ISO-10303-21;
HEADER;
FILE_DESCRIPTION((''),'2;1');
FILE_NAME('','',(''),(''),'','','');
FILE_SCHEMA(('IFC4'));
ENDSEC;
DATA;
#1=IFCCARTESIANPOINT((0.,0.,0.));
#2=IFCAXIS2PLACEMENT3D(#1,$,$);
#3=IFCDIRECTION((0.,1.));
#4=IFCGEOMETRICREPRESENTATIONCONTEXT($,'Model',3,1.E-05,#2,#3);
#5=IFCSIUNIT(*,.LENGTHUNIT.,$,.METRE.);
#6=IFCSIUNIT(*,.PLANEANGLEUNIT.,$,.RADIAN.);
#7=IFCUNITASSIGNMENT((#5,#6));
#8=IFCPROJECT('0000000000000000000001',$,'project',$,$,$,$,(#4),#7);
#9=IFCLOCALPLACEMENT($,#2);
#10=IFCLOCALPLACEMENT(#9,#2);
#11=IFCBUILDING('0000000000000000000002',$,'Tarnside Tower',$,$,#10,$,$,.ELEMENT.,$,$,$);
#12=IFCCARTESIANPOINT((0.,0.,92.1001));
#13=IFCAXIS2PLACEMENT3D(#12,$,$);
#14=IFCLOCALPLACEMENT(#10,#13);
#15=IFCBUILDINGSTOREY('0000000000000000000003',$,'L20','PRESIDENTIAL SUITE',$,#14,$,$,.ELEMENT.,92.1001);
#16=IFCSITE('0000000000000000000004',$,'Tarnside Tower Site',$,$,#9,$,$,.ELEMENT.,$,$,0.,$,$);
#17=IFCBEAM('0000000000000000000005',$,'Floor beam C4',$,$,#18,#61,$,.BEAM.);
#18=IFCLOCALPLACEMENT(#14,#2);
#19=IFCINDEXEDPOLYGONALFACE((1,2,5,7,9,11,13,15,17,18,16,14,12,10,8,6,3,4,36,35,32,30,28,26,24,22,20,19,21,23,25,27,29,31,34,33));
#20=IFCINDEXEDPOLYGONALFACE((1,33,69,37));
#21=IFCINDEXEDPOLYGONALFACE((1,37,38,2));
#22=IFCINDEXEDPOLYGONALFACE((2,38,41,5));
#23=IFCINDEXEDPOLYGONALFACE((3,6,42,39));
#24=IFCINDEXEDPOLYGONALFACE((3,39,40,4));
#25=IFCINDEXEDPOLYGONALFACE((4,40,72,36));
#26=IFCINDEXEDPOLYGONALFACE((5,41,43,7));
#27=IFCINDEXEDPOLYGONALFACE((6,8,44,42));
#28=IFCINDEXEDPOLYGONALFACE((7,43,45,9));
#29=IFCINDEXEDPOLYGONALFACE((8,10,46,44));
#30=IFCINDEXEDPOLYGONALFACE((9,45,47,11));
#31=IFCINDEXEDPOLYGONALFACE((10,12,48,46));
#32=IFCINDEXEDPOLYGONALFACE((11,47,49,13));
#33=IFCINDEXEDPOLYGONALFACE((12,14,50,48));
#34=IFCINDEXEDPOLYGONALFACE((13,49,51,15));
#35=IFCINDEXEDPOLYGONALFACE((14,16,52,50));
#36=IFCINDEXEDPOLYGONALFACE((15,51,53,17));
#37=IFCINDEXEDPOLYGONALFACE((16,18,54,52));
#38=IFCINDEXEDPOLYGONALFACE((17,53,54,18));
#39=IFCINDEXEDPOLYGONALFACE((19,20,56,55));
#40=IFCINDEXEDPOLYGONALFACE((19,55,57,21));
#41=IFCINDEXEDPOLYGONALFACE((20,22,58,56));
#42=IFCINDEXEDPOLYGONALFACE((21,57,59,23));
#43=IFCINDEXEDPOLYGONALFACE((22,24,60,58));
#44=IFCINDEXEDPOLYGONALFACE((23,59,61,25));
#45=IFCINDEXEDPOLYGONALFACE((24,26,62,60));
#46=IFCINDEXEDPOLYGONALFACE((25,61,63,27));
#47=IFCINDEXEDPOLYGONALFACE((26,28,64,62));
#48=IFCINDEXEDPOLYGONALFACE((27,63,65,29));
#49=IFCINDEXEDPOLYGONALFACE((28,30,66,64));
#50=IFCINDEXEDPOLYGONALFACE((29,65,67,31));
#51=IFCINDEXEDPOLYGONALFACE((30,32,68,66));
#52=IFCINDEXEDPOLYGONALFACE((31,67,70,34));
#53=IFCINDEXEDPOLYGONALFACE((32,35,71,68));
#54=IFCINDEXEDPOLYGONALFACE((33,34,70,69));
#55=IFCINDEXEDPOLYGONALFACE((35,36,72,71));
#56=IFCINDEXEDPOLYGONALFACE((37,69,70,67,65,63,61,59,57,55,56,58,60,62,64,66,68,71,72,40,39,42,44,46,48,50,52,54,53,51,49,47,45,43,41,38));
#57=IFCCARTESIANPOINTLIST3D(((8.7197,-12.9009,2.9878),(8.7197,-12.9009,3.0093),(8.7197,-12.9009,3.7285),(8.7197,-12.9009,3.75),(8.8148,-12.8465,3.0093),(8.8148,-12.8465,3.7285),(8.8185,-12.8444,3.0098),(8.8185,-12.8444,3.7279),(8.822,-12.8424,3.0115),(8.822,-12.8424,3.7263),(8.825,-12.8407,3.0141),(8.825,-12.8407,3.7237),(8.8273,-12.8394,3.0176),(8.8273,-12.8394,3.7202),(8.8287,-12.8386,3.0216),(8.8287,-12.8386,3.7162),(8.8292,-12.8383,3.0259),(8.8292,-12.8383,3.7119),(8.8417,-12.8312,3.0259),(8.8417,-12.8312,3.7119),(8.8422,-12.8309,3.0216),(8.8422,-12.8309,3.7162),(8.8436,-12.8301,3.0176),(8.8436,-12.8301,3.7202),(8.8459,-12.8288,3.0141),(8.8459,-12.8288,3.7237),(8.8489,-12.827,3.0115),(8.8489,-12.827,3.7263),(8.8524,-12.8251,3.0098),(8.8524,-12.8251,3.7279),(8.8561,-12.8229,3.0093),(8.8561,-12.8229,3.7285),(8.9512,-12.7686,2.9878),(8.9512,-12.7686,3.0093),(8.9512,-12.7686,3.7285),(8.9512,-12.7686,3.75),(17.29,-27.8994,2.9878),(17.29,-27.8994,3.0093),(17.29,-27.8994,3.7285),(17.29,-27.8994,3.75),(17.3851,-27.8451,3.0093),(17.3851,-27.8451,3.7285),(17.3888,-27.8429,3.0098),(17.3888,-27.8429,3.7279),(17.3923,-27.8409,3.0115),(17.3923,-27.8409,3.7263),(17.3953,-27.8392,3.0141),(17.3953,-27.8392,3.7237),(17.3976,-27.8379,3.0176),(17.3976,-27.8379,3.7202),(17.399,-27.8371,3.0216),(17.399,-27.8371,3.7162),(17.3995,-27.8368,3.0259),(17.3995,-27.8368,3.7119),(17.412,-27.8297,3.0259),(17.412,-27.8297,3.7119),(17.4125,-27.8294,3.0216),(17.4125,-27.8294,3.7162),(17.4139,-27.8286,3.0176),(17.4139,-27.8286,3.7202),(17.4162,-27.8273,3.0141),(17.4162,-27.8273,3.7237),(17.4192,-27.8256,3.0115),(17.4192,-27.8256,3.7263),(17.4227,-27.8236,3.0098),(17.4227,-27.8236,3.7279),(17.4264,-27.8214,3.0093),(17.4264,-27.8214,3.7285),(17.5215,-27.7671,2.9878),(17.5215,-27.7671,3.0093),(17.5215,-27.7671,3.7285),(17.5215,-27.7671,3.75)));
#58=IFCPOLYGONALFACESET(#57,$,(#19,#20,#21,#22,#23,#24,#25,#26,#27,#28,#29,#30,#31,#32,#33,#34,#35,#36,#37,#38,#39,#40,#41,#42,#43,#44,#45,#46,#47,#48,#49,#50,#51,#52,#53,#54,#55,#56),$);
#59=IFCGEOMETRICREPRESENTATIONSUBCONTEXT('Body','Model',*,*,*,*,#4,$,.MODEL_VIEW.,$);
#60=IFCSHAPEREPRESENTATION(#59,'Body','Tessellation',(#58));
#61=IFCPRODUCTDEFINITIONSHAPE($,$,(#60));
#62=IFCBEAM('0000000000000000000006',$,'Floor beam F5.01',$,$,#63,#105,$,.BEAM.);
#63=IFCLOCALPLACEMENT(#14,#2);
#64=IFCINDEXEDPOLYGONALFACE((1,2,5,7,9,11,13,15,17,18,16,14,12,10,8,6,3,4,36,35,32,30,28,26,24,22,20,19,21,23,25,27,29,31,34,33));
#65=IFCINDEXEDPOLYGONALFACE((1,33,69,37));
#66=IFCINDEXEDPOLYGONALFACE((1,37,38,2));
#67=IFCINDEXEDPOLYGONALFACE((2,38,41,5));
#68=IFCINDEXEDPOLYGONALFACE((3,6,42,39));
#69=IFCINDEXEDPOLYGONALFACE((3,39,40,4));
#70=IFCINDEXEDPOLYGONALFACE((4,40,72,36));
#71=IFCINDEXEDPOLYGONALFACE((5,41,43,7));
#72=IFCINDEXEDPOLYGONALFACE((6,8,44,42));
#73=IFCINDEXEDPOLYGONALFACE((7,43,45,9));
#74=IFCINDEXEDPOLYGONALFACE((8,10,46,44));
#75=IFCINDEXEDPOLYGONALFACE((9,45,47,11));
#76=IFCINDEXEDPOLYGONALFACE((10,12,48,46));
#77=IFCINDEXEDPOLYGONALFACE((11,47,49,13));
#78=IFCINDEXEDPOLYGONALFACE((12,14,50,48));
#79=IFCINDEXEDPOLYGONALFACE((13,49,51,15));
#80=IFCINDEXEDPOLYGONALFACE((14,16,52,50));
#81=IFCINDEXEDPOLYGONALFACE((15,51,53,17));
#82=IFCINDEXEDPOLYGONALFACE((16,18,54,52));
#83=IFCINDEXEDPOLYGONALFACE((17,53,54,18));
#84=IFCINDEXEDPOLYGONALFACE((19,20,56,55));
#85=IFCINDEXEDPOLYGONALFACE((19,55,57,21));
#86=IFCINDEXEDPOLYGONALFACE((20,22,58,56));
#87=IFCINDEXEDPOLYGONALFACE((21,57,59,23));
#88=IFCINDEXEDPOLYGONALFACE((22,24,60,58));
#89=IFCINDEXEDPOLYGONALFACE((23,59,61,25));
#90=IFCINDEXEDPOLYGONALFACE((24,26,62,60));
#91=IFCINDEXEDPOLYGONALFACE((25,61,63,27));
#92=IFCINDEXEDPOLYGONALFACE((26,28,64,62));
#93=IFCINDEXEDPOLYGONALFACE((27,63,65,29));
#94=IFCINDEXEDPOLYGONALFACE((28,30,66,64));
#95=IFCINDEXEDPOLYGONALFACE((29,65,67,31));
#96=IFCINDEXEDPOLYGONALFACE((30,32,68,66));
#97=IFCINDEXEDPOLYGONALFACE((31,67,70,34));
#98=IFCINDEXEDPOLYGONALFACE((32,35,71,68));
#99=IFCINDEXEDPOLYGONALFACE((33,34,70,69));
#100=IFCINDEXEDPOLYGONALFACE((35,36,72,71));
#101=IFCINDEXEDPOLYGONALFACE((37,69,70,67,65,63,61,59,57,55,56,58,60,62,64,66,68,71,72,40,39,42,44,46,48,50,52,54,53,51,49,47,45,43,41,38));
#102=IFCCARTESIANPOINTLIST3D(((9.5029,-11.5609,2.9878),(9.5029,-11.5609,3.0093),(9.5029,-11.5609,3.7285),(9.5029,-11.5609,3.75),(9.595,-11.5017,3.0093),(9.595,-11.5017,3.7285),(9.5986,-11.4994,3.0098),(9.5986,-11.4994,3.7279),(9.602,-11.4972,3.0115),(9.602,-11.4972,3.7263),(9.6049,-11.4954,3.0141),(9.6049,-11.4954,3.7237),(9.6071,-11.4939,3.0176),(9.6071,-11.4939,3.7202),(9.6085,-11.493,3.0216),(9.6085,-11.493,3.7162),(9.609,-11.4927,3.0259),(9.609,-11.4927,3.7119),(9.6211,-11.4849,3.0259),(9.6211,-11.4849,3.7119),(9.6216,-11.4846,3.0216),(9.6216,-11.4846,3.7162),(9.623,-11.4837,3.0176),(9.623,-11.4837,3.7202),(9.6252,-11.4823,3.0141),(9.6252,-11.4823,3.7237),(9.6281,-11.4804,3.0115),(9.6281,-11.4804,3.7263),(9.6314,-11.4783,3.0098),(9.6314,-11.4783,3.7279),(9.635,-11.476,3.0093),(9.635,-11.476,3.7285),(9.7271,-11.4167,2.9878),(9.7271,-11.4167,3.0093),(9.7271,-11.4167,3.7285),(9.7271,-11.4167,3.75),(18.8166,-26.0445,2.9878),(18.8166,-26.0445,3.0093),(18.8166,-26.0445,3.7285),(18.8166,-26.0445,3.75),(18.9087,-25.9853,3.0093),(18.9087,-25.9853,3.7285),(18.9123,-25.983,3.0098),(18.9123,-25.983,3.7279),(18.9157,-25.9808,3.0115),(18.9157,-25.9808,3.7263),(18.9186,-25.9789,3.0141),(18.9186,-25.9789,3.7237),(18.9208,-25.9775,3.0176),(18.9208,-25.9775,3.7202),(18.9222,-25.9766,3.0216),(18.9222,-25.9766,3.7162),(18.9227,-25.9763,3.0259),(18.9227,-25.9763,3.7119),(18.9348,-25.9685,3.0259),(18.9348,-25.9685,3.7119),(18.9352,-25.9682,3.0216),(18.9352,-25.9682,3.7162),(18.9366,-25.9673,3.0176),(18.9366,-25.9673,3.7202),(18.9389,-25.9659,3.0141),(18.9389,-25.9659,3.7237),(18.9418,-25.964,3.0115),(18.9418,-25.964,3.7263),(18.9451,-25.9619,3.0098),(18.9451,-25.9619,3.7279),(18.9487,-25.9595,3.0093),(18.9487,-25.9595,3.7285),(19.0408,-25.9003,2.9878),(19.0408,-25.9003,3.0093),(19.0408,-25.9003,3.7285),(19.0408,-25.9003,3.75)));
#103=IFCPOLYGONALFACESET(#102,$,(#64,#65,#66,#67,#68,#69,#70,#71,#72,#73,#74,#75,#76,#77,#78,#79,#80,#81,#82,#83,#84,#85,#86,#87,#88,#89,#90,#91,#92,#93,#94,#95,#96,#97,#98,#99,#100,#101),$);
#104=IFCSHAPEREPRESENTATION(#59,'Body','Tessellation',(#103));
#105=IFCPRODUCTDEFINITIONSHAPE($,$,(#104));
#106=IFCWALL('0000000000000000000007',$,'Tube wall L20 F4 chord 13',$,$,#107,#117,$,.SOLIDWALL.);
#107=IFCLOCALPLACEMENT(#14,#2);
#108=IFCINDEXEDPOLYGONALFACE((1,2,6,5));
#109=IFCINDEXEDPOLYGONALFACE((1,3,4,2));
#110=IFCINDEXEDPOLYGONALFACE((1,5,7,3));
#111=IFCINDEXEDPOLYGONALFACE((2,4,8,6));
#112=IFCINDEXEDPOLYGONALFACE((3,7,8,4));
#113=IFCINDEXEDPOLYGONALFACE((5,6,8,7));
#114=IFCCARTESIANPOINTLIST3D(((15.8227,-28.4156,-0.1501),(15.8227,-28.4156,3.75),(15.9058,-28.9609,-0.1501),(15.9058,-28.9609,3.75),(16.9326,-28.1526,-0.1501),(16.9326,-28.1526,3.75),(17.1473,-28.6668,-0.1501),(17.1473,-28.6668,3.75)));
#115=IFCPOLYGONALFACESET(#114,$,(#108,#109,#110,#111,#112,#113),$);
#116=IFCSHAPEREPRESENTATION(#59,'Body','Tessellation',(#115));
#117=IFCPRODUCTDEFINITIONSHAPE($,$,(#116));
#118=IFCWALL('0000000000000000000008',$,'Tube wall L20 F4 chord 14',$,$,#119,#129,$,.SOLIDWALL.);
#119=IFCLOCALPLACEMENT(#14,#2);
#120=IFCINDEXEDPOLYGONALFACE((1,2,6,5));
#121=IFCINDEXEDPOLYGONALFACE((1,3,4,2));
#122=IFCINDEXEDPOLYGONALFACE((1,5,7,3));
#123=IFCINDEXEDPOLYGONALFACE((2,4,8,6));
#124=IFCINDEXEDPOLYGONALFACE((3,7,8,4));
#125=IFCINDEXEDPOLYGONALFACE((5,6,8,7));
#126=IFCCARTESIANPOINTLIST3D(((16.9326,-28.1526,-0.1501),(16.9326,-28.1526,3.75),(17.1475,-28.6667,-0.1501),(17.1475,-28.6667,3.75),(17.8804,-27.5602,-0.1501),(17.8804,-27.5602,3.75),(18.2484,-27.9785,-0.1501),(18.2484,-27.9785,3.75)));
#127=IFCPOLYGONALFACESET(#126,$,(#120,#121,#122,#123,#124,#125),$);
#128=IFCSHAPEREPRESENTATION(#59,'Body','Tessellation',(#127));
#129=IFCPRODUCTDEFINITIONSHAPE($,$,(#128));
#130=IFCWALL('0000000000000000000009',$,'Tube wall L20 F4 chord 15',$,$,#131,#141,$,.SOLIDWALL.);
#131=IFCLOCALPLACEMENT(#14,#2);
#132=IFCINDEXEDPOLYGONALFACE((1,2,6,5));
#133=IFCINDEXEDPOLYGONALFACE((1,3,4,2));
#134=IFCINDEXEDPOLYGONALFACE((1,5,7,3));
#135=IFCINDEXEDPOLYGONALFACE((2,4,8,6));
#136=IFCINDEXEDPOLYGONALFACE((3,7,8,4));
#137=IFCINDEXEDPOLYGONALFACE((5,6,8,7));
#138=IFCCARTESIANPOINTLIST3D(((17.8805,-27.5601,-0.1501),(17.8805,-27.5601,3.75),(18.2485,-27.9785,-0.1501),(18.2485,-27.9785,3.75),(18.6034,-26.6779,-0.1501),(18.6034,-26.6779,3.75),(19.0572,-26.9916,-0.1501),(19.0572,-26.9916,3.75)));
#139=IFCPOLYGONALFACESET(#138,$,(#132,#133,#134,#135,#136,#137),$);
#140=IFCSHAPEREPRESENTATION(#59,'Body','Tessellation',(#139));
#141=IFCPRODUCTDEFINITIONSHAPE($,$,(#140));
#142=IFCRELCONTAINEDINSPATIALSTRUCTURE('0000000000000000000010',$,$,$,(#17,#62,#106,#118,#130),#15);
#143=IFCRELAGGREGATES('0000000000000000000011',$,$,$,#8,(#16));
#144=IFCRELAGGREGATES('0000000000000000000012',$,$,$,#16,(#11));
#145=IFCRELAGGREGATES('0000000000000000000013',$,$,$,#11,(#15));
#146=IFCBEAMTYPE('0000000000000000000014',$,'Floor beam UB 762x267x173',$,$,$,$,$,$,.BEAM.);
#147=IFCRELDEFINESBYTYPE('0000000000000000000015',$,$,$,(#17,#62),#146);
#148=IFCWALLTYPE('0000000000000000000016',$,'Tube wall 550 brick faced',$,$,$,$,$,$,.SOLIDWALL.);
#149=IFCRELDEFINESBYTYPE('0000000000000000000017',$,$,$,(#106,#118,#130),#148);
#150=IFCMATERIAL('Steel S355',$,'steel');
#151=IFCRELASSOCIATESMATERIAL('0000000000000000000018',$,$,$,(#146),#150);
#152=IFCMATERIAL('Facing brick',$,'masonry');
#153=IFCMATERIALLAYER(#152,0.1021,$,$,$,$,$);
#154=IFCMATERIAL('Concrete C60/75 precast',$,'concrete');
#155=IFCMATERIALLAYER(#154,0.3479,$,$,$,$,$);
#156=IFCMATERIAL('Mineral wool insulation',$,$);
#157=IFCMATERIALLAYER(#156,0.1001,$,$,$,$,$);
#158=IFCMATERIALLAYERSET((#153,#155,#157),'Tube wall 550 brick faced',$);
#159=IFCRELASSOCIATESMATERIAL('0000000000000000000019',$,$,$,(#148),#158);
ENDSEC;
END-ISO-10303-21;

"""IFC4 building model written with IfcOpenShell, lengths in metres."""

from ifc_helpers import new_model, si_unit, direction, frame, origin, origin_2d, place, context, subcontext, project, spatial, polyline, i_section, outline, extrude, material, layer, layer_set, material_profile, profile_set, type_object, element, save


model = new_model("IFC4")

# Units and contexts
model_context = context("Model", 3, precision=1e-05, world=origin(), true_north=direction((0.0, 1.0)))
body_context = subcontext(model_context, "Body", "Model", "MODEL_VIEW")
ifc_project = project(units=[si_unit("LENGTHUNIT", "METRE"), si_unit("PLANEANGLEUNIT", "RADIAN")], contexts=[model_context])

# Site, building, storey
site_placement = place(None, origin())
site = spatial("IfcSite", under=ifc_project, at=site_placement, Name="Tarnside Tower Site", CompositionType="ELEMENT", RefElevation=0.0)
building_placement = place(site_placement, origin())
building = spatial("IfcBuilding", under=site, at=building_placement, Name="Tarnside Tower", CompositionType="ELEMENT")
storey_placement = place(building_placement, frame((0.0, 0.0, 92.1001)))
storey = spatial("IfcBuildingStorey", under=building, at=storey_placement, Name="L20", Description="PRESIDENTIAL SUITE", CompositionType="ELEMENT", Elevation=92.1001)

# Beams
ifc_material_1 = material(Name="Steel S355", Category="steel")
ifc_material_profile = material_profile(ifc_material_1, i_section(OverallWidth=0.2666, OverallDepth=0.7622, WebThickness=0.0144, FlangeThickness=0.0215, FilletRadius=0.0166, at=origin_2d()), Name="UB 762x267x173")
ifc_profile_set = profile_set([ifc_material_profile], Name="Steel S355")
beam_type = type_object("IfcBeamType", Name="Floor beam UB 762x267x173", PredefinedType="BEAM", material=ifc_profile_set)
beam_1_placement = place(storey_placement, frame((17.4058, -27.8333, 3.3689), z_axis=(-0.496127, 0.86825, 0.0), x_axis=(-0.86825, -0.496127, 0.0)))
element("IfcBeam", 1, at=beam_1_placement, inside=storey, type_object=beam_type, Name="Floor beam C4", PredefinedType="BEAM", context=body_context, shape_type="SweptSolid", body=[
    extrude(i_section(OverallWidth=0.2666, OverallDepth=0.7622, WebThickness=0.0144, FlangeThickness=0.0215, FilletRadius=0.0166, at=origin_2d()), origin(), (0.0, 0.0, 1.0), 17.2744),
])
beam_2_placement = place(storey_placement, frame((18.9287, -25.9724, 3.3689), z_axis=(-0.540873, 0.841104, 0.0), x_axis=(-0.841104, -0.540873, 0.0)))
element("IfcBeam", 2, at=beam_2_placement, inside=storey, type_object=beam_type, Name="Floor beam F5.01", PredefinedType="BEAM", context=body_context, shape_type="SweptSolid", body=[
    extrude(i_section(OverallWidth=0.2666, OverallDepth=0.7622, WebThickness=0.0144, FlangeThickness=0.0215, FilletRadius=0.0166, at=origin_2d()), origin(), (0.0, 0.0, 1.0), 17.2197),
])

# Walls
ifc_material_2 = material(Name="Facing brick", Category="masonry")
ifc_layer_1 = layer(ifc_material_2, 0.1021)
ifc_material_3 = material(Name="Concrete C60/75 precast", Category="concrete")
ifc_layer_2 = layer(ifc_material_3, 0.3479)
ifc_material_4 = material(Name="Mineral wool insulation")
ifc_layer_3 = layer(ifc_material_4, 0.1001)
ifc_layer_set_1 = layer_set([ifc_layer_1, ifc_layer_2, ifc_layer_3], Name="Tube wall 550 brick faced")
wall_type = type_object("IfcWallType", Name="Tube wall 550 brick faced", PredefinedType="SOLIDWALL", material=ifc_layer_set_1)
wall_1_placement = place(storey_placement, frame((15.8643, -28.6882, -0.1501), z_axis=(0.0, 0.0, 1.0), x_axis=(0.973064, 0.230537, 0.0)))
element("IfcWall", 3, at=wall_1_placement, inside=storey, type_object=wall_type, Name="Tube wall L20 F4 chord 13", PredefinedType="SOLIDWALL", context=body_context, shape_type="SweptSolid", body=[
    extrude(outline(polyline([(-0.0225, -0.2749), (1.2534, -0.2749), (1.1631, 0.2749), (0.0225, 0.2749), (-0.0225, -0.2749)])), origin(), (0.0, 0.0, 1.0), 3.9001),
])
wall_2_placement = place(storey_placement, frame((17.04, -28.4097, -0.1501), z_axis=(0.0, 0.0, 1.0), x_axis=(0.847953, 0.530072, 0.0)))
element("IfcWall", 4, at=wall_2_placement, inside=storey, type_object=wall_type, Name="Tube wall L20 F4 chord 14", PredefinedType="SOLIDWALL", context=body_context, shape_type="SweptSolid", body=[
    extrude(outline(polyline([(-0.0452, -0.2749), (1.2532, -0.2749), (1.1628, 0.2749), (0.0452, 0.2749), (-0.0452, -0.2749)])), origin(), (0.0, 0.0, 1.0), 3.9001),
])
wall_3_placement = place(storey_placement, frame((18.0645, -27.7693, -0.1501), z_axis=(0.0, 0.0, 1.0), x_axis=(0.633843, 0.773462, 0.0)))
element("IfcWall", 5, at=wall_3_placement, inside=storey, type_object=wall_type, Name="Tube wall L20 F4 chord 15", PredefinedType="SOLIDWALL", context=body_context, shape_type="SweptSolid", body=[
    extrude(outline(polyline([(-0.0452, -0.2749), (1.2307, -0.2749), (1.1858, 0.2749), (0.0452, 0.2749), (-0.0452, -0.2749)])), origin(), (0.0, 0.0, 1.0), 3.9001),
])

save(model, "model.ifc")
